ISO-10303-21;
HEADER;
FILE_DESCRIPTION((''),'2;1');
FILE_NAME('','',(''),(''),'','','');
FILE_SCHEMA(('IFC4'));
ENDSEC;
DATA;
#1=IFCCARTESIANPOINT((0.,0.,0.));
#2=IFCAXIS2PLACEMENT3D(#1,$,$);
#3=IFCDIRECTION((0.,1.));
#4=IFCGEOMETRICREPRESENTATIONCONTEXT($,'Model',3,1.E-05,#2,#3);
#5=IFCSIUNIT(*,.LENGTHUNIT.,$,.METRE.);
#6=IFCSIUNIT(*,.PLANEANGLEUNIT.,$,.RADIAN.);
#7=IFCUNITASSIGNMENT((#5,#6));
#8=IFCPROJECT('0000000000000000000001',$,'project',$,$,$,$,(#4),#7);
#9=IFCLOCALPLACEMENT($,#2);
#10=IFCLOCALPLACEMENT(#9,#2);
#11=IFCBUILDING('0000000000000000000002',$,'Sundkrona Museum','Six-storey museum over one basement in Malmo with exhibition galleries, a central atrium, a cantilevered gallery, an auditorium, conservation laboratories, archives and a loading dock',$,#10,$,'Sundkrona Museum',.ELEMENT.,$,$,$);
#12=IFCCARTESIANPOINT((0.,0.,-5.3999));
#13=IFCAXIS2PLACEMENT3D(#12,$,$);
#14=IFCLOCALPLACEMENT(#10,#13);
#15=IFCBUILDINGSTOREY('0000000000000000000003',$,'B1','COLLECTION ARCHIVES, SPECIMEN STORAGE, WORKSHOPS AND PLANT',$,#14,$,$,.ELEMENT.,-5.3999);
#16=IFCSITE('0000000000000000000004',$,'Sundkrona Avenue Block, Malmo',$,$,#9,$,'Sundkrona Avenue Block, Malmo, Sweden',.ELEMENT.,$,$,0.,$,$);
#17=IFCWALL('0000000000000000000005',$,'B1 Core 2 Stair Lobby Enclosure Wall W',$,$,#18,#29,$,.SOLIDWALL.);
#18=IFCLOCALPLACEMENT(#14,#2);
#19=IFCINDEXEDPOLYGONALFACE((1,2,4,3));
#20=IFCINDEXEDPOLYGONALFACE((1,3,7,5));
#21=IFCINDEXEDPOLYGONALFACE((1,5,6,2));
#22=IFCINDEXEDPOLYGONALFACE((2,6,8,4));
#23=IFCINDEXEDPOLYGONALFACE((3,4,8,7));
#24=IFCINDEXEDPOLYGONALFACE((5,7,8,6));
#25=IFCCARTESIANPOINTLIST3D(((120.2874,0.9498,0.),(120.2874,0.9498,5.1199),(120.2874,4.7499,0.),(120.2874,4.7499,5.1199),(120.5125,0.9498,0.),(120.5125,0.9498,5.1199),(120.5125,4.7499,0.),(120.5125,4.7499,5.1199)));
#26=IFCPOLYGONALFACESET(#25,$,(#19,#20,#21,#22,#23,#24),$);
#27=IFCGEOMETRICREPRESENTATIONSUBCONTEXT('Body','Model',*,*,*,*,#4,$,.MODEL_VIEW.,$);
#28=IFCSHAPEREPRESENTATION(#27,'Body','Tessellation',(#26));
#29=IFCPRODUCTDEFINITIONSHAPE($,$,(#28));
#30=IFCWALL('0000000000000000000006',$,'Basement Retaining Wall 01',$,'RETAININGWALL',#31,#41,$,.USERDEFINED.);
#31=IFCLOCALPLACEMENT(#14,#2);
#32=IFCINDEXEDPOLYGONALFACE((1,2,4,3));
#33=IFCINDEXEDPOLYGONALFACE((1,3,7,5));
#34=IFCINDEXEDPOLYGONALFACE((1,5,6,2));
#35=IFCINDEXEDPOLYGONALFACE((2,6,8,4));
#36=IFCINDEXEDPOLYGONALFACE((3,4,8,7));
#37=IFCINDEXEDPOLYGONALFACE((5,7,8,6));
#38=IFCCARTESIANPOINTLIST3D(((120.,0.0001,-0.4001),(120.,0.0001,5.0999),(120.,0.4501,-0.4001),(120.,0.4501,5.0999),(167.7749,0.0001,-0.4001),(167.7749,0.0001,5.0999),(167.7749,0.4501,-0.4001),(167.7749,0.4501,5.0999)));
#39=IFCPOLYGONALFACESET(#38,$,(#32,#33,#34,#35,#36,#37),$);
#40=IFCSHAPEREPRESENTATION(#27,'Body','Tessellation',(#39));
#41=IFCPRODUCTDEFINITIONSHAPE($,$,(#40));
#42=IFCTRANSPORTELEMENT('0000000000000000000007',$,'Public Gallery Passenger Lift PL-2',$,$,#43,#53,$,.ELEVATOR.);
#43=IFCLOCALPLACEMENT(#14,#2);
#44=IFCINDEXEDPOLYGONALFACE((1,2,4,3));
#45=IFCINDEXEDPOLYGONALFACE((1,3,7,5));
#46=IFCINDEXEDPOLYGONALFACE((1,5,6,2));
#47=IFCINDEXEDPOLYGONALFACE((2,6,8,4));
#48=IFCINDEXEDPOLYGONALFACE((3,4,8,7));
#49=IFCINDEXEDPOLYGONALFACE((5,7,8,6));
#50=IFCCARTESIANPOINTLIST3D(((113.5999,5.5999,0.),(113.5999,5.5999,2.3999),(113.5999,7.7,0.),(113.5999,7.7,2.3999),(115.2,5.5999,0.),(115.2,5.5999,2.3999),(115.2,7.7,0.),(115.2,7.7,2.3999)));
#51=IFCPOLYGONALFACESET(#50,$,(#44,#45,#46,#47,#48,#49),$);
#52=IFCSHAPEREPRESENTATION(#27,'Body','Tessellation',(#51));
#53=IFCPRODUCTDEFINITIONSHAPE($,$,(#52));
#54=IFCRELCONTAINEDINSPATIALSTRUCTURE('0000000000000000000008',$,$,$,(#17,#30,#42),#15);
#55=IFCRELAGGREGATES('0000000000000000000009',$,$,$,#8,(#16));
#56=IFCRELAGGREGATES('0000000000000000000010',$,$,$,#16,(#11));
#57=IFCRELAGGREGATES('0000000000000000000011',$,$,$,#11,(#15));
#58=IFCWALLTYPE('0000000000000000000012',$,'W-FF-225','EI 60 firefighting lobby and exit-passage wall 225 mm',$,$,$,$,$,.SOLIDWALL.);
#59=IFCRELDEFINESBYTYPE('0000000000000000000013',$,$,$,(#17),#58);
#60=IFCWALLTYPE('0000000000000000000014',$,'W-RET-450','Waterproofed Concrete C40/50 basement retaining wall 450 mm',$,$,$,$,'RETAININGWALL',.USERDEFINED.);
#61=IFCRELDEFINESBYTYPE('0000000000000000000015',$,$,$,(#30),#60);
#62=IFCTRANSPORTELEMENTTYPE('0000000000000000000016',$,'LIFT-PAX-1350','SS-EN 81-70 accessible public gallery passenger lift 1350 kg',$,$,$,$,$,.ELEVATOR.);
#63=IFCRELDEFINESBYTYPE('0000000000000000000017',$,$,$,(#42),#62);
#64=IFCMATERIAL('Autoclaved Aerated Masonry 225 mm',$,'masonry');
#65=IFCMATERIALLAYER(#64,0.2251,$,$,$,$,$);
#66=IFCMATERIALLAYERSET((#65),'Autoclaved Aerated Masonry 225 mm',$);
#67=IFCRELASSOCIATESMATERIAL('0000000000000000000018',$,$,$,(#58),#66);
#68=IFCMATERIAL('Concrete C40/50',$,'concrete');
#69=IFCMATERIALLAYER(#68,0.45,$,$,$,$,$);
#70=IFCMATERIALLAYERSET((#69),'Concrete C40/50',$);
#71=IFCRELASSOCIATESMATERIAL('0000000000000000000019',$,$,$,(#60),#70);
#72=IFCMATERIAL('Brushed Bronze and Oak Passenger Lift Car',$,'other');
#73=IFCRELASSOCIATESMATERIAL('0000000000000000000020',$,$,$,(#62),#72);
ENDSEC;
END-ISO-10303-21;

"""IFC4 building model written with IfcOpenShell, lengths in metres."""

from ifc_helpers import new_model, si_unit, direction, frame, frame_2d, origin, origin_2d, place, context, subcontext, project, spatial, rectangle, extrude, material, layer, layer_set, type_object, element, save


model = new_model("IFC4")

# Units and contexts
model_context = context("Model", 3, precision=1e-05, world=origin(), true_north=direction((0.0, 1.0)))
body_context = subcontext(model_context, "Body", "Model", "MODEL_VIEW")
ifc_project = project(units=[si_unit("LENGTHUNIT", "METRE"), si_unit("PLANEANGLEUNIT", "RADIAN")], contexts=[model_context])

# Site, building, storey
site_placement = place(None, origin())
site = spatial("IfcSite", under=ifc_project, at=site_placement, Name="Sundkrona Avenue Block, Malmo", LongName="Sundkrona Avenue Block, Malmo, Sweden", CompositionType="ELEMENT", RefElevation=0.0)
building_placement = place(site_placement, origin())
building = spatial("IfcBuilding", under=site, at=building_placement, Name="Sundkrona Museum", Description="Six-storey museum over one basement in Malmo with exhibition galleries, a central atrium, a cantilevered gallery, an auditorium, conservation laboratories, archives and a loading dock", LongName="Sundkrona Museum", CompositionType="ELEMENT")
storey_placement = place(building_placement, frame((0.0, 0.0, -5.3999)))
storey = spatial("IfcBuildingStorey", under=building, at=storey_placement, Name="B1", Description="COLLECTION ARCHIVES, SPECIMEN STORAGE, WORKSHOPS AND PLANT", CompositionType="ELEMENT", Elevation=-5.3999)

# Shared definitions
ifc_material_1 = material(Name="Concrete C40/50", Category="concrete")

# Walls
ifc_material_2 = material(Name="Autoclaved Aerated Masonry 225 mm", Category="masonry")
ifc_layer_1 = layer(ifc_material_2, 0.2251)
ifc_layer_set_1 = layer_set([ifc_layer_1], Name="Autoclaved Aerated Masonry 225 mm")
wall_type_1 = type_object("IfcWallType", Name="W-FF-225", Description="EI 60 firefighting lobby and exit-passage wall 225 mm", PredefinedType="SOLIDWALL", material=ifc_layer_set_1)
wall_1_placement = place(storey_placement, frame((120.3999, 0.95, 0.0), z_axis=(0.0, 0.0, 1.0), x_axis=(0.0, 1.0, 0.0)))
element("IfcWall", 1, at=wall_1_placement, inside=storey, type_object=wall_type_1, Name="B1 Core 2 Stair Lobby Enclosure Wall W", PredefinedType="SOLIDWALL", context=body_context, shape_type="SweptSolid", body=[
    extrude(rectangle(XDim=3.8, YDim=0.2251, at=frame_2d((1.8999, 0.0))), origin(), (0.0, 0.0, 1.0), 5.1199),
])
ifc_layer_2 = layer(ifc_material_1, 0.45)
ifc_layer_set_2 = layer_set([ifc_layer_2], Name="Concrete C40/50")
wall_type_2 = type_object("IfcWallType", Name="W-RET-450", Description="Waterproofed Concrete C40/50 basement retaining wall 450 mm", ElementType="RETAININGWALL", PredefinedType="USERDEFINED", material=ifc_layer_set_2)
wall_2_placement = place(storey_placement, frame((120.0, 0.2251, -0.4001), z_axis=(0.0, 0.0, 1.0), x_axis=(1.0, 0.0, 0.0)))
element("IfcWall", 2, at=wall_2_placement, inside=storey, type_object=wall_type_2, Name="Basement Retaining Wall 01", ObjectType="RETAININGWALL", PredefinedType="USERDEFINED", context=body_context, shape_type="SweptSolid", body=[
    extrude(rectangle(XDim=47.7749, YDim=0.45, at=frame_2d((23.8875, 0.0))), origin(), (0.0, 0.0, 1.0), 5.5),
])

# Transport element
ifc_material_3 = material(Name="Brushed Bronze and Oak Passenger Lift Car", Category="other")
transport_element_type = type_object("IfcTransportElementType", Name="LIFT-PAX-1350", Description="SS-EN 81-70 accessible public gallery passenger lift 1350 kg", PredefinedType="ELEVATOR", material=ifc_material_3)
transport_element_placement = place(storey_placement, frame((114.3999, 6.6499, 0.0), z_axis=(0.0, 0.0, 1.0), x_axis=(1.0, 0.0, 0.0)))
element("IfcTransportElement", 3, at=transport_element_placement, inside=storey, type_object=transport_element_type, Name="Public Gallery Passenger Lift PL-2", PredefinedType="ELEVATOR", context=body_context, shape_type="SweptSolid", body=[
    extrude(rectangle(XDim=1.6001, YDim=2.1001, at=origin_2d()), origin(), (0.0, 0.0, 1.0), 2.3999),
])

save(model, "model.ifc")
